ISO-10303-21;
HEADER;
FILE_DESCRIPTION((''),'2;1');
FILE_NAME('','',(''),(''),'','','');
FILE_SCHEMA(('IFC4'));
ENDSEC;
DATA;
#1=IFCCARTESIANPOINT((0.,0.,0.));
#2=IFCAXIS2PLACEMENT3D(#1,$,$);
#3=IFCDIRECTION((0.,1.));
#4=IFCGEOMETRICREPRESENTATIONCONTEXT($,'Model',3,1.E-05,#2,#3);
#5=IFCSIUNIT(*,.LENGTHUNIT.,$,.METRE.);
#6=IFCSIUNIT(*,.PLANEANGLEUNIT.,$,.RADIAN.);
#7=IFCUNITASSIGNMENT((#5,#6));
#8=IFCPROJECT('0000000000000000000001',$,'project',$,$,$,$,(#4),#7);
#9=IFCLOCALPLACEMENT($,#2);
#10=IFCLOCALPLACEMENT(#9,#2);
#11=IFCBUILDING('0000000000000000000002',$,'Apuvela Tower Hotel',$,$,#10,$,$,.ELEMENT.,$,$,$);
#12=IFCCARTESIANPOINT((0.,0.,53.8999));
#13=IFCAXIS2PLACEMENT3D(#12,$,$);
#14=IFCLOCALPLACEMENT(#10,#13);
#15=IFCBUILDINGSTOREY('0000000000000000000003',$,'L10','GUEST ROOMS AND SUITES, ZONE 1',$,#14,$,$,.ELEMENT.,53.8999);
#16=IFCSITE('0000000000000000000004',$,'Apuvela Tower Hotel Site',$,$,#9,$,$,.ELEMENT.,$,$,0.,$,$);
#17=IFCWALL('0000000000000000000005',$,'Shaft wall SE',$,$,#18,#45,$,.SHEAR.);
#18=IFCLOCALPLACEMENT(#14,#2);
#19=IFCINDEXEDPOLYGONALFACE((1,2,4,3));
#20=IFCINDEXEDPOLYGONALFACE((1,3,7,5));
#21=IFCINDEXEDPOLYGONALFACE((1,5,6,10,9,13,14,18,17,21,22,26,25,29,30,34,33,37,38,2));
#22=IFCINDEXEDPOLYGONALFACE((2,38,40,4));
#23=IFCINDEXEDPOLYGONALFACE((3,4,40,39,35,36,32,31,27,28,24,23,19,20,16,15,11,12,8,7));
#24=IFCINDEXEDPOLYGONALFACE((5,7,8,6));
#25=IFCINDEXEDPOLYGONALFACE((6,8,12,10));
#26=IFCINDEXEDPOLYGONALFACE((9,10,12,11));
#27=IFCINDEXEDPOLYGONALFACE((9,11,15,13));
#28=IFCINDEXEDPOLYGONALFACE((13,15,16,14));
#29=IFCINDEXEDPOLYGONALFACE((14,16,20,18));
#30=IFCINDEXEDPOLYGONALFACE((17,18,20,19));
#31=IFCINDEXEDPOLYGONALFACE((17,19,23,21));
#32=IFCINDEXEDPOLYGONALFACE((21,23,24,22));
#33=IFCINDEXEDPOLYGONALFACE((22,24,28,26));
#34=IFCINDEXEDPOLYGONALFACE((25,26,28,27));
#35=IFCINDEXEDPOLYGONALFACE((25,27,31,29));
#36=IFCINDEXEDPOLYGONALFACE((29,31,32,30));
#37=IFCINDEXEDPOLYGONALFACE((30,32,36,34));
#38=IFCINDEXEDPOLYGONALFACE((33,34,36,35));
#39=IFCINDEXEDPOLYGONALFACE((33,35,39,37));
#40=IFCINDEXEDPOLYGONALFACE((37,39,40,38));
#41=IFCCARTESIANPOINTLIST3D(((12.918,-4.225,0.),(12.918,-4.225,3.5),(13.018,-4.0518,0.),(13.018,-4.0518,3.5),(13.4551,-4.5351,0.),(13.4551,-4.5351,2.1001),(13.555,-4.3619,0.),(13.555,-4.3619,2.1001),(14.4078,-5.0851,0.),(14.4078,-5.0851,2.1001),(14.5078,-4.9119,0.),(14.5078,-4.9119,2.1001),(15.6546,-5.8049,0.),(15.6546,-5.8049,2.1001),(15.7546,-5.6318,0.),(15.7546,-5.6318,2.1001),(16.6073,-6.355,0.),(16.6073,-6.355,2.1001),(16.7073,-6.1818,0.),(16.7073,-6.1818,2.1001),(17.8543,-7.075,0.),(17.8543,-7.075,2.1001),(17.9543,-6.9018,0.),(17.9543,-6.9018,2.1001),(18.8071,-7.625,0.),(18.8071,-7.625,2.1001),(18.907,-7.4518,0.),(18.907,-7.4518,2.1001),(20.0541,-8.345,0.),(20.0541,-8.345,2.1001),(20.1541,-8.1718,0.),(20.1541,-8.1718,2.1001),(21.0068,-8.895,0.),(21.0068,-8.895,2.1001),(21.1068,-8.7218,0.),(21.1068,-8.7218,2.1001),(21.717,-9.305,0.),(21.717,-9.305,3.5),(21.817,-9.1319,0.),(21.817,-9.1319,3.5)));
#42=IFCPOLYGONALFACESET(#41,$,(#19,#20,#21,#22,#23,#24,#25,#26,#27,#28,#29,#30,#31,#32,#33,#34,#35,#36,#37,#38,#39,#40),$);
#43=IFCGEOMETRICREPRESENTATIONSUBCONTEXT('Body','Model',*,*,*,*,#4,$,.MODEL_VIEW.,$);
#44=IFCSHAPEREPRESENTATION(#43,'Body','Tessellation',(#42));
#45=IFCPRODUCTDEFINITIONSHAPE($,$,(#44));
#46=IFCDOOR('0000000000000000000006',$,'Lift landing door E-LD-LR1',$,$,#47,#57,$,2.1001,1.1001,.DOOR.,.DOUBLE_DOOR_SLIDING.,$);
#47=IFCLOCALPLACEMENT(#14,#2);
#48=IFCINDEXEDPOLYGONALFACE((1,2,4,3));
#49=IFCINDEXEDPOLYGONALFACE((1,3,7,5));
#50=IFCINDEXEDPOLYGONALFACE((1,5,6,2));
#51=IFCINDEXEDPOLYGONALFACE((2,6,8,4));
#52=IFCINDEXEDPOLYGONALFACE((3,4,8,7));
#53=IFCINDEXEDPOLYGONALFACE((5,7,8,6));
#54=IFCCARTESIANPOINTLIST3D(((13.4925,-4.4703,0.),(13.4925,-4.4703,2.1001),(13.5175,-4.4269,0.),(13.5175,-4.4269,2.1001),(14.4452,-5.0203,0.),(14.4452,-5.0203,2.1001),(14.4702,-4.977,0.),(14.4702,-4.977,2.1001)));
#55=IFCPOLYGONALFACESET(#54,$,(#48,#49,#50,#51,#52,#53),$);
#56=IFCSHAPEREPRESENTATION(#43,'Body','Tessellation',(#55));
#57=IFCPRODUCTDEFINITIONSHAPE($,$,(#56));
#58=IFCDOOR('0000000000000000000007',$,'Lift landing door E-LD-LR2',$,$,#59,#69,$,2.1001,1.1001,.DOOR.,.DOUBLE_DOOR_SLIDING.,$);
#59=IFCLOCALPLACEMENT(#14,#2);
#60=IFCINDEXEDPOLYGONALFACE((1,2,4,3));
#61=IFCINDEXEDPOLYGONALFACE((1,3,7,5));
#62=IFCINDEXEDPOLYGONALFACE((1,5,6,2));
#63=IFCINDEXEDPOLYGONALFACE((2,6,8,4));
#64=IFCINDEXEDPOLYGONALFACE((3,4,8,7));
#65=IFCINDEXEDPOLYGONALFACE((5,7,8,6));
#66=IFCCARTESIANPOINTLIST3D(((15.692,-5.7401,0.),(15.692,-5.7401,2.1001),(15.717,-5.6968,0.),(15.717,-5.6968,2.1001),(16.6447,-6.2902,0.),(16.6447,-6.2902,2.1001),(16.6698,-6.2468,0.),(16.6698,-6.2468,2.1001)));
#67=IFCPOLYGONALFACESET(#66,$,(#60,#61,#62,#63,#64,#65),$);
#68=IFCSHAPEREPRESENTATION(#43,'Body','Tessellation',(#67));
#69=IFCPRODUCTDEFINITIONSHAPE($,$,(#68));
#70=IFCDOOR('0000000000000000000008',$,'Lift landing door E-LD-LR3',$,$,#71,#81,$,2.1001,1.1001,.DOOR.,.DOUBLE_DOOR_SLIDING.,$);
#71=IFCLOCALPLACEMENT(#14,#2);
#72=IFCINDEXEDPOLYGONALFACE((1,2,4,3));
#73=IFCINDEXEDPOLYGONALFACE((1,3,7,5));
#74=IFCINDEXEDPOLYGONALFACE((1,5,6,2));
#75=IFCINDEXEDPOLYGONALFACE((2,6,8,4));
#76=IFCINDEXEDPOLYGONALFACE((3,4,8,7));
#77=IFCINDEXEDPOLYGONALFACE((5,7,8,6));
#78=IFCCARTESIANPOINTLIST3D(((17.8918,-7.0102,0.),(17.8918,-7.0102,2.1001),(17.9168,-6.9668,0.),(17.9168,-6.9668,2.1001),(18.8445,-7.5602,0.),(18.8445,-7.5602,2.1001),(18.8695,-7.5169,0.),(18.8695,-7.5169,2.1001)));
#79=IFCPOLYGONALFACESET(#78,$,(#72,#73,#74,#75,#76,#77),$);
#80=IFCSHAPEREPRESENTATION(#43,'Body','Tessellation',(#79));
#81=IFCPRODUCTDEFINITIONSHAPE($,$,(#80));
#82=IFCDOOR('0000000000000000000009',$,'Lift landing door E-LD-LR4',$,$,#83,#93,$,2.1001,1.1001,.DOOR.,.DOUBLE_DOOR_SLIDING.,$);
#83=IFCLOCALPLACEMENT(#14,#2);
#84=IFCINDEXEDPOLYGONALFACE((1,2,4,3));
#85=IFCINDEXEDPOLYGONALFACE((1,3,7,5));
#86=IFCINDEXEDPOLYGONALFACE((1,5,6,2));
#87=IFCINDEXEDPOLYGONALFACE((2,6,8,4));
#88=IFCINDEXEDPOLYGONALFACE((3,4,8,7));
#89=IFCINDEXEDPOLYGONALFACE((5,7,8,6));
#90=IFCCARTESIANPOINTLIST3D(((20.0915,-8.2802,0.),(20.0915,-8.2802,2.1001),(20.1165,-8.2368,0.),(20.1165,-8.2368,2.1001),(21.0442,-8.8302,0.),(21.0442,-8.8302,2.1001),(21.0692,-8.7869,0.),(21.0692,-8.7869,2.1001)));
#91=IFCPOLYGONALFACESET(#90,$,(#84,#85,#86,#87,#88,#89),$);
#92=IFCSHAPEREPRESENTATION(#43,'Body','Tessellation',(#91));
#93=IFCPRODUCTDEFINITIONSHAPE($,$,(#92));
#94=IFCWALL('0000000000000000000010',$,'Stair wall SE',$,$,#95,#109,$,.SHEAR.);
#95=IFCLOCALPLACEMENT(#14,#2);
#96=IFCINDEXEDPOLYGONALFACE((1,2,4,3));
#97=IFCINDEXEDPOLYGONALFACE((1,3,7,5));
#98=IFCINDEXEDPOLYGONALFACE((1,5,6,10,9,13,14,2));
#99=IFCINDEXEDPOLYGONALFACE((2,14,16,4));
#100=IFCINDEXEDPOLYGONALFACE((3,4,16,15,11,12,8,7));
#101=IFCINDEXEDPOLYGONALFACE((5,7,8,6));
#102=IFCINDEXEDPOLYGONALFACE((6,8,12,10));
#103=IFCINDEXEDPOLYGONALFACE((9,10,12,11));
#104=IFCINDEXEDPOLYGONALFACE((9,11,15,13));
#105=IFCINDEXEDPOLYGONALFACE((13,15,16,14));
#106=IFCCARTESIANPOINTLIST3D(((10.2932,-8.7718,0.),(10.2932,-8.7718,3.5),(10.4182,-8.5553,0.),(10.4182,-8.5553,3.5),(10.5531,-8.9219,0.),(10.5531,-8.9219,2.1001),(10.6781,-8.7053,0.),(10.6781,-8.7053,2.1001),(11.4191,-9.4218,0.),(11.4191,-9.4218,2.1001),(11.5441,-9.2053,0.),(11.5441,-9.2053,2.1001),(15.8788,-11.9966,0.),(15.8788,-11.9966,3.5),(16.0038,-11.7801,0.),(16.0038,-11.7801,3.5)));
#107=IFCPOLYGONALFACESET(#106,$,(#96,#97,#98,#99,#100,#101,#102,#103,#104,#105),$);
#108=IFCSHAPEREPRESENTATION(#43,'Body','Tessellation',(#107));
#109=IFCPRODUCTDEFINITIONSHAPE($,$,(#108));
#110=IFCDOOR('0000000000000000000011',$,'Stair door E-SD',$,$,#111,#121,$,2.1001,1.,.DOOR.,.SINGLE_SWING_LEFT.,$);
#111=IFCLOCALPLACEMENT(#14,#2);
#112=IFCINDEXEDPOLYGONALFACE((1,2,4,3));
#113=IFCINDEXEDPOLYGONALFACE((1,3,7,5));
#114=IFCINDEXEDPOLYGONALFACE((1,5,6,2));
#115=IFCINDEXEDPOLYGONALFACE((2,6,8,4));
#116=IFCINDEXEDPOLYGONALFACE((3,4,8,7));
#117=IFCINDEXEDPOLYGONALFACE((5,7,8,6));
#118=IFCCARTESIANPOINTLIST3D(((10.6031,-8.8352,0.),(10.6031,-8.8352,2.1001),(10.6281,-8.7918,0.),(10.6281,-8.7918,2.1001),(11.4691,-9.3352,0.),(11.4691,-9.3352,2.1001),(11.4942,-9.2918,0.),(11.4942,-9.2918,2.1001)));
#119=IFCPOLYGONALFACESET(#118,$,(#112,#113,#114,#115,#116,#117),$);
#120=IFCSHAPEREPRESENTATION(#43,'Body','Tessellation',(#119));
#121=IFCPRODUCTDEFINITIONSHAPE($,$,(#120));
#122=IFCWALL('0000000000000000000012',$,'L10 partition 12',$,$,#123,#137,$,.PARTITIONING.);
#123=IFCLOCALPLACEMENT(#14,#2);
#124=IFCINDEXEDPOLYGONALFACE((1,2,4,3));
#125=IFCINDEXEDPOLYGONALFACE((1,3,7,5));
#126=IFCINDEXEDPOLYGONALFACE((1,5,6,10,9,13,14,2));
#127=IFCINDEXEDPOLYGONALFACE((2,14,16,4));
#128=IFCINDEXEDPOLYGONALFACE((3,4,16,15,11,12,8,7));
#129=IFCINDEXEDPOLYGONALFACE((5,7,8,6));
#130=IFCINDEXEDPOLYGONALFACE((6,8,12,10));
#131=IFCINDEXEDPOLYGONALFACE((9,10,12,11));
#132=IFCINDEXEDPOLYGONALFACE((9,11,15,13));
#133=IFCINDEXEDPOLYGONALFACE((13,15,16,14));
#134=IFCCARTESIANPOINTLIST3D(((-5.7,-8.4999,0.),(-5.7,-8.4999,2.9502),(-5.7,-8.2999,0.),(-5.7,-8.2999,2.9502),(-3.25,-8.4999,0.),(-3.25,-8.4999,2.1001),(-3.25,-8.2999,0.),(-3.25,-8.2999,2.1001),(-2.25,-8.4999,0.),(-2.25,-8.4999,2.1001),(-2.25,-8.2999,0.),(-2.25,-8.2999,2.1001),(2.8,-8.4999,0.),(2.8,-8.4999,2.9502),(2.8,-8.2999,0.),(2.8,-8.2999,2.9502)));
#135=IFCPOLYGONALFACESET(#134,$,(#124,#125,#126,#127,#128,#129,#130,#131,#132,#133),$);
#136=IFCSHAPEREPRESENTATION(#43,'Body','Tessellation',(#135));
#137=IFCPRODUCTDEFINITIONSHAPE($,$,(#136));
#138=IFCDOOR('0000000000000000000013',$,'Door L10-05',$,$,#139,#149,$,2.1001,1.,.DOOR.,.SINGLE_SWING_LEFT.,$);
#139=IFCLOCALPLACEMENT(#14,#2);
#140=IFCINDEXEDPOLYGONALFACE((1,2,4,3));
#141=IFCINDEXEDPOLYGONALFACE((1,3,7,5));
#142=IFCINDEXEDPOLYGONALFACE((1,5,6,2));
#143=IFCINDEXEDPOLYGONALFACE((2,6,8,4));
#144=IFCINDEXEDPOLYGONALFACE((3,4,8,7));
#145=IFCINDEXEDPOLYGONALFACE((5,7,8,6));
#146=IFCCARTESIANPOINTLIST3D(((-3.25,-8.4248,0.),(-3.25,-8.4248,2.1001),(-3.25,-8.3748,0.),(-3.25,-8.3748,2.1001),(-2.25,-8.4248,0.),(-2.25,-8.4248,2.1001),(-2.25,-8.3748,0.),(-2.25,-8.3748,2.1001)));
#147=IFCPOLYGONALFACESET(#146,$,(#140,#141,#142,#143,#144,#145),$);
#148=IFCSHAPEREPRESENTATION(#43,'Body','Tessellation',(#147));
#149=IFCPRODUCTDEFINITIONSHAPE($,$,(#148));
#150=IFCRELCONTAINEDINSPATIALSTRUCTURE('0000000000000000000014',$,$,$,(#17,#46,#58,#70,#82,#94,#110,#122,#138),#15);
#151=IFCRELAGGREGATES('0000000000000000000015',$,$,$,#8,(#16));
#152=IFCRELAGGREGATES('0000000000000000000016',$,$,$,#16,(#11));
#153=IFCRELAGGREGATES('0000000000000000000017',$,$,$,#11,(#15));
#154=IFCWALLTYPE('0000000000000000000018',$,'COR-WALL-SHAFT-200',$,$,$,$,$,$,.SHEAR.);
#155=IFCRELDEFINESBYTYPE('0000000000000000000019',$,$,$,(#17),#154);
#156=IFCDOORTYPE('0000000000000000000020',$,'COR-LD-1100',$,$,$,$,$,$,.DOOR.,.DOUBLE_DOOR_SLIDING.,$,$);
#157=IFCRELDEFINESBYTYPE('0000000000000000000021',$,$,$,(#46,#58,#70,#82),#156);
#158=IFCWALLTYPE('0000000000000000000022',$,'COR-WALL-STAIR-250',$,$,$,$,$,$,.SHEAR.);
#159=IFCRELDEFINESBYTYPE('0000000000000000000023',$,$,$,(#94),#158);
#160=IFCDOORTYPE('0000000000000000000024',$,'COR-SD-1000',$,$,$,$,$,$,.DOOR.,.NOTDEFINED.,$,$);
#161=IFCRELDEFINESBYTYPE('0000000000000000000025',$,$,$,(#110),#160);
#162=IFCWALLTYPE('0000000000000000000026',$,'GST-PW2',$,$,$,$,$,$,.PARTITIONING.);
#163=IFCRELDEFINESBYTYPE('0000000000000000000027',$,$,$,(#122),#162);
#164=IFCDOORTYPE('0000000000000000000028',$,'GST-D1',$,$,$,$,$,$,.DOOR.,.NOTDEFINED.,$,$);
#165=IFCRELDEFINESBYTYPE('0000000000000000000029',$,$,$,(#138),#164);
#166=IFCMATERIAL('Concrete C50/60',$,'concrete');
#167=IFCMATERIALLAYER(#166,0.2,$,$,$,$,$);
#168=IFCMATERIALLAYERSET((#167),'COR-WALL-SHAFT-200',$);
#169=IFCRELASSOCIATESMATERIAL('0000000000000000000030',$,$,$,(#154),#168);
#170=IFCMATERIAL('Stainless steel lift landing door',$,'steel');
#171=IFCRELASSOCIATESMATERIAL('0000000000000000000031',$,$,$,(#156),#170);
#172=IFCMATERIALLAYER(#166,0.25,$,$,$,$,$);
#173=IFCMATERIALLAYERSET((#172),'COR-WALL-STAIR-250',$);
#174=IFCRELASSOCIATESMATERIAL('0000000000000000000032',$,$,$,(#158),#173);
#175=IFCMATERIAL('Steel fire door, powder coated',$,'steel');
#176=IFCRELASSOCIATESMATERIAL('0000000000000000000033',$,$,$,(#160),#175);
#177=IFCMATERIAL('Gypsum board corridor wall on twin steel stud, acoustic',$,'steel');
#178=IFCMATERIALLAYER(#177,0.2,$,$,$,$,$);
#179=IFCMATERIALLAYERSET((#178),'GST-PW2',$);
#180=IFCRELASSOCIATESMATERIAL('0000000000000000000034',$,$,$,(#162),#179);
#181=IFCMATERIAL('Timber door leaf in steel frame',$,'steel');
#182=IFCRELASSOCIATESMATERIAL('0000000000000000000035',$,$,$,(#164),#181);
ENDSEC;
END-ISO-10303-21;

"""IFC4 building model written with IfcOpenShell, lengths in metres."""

from ifc_helpers import new_model, si_unit, direction, frame, frame_2d, origin, place, context, subcontext, project, spatial, rectangle, extrude, material, layer, layer_set, type_object, element, fill, save


model = new_model("IFC4")

# Units and contexts
model_context = context("Model", 3, precision=1e-05, world=origin(), true_north=direction((0.0, 1.0)))
body_context = subcontext(model_context, "Body", "Model", "MODEL_VIEW")
ifc_project = project(units=[si_unit("LENGTHUNIT", "METRE"), si_unit("PLANEANGLEUNIT", "RADIAN")], contexts=[model_context])

# Site, building, storey
site_placement = place(None, origin())
site = spatial("IfcSite", under=ifc_project, at=site_placement, Name="Apuvela Tower Hotel Site", CompositionType="ELEMENT", RefElevation=0.0)
building_placement = place(site_placement, origin())
building = spatial("IfcBuilding", under=site, at=building_placement, Name="Apuvela Tower Hotel", CompositionType="ELEMENT")
storey_placement = place(building_placement, frame((0.0, 0.0, 53.8999)))
storey = spatial("IfcBuildingStorey", under=building, at=storey_placement, Name="L10", Description="GUEST ROOMS AND SUITES, ZONE 1", CompositionType="ELEMENT", Elevation=53.8999)

# Shared definitions
ifc_material_1 = material(Name="Concrete C50/60", Category="concrete")

# Shared definitions
ifc_material_2 = material(Name="Steel fire door, powder coated", Category="steel")

# Shared definitions
ifc_layer_1 = layer(ifc_material_1, 0.2)
ifc_layer_set_1 = layer_set([ifc_layer_1], Name="COR-WALL-SHAFT-200")
wall_type_1 = type_object("IfcWallType", Name="COR-WALL-SHAFT-200", PredefinedType="SHEAR", material=ifc_layer_set_1)
ifc_material_3 = material(Name="Stainless steel lift landing door", Category="steel")

# Wall, openings, doors
wall_1_placement = place(storey_placement, frame((12.968, -4.1384, 0.0), z_axis=(0.0, 0.0, 1.0), x_axis=(0.866028, -0.499995, 0.0)))
wall_1 = element("IfcWall", 1, at=wall_1_placement, inside=storey, type_object=wall_type_1, Name="Shaft wall SE", PredefinedType="SHEAR", context=body_context, shape_type="SweptSolid", body=[
    extrude(rectangle(XDim=10.1602, YDim=0.2, at=frame_2d((5.0801, 0.0))), origin(), (0.0, 0.0, 1.0), 3.5),
])
opening_1_placement = place(wall_1_placement, frame((0.6201, 0.0, 0.0)))
opening_1 = element("IfcOpeningElement", 2, at=opening_1_placement, cuts=wall_1, PredefinedType="OPENING", context=body_context, shape_type="SweptSolid", body=[
    extrude(rectangle(XDim=1.1001, YDim=2.1001, at=frame_2d((0.55, 1.05))), frame((0.0, 0.1099, 0.0), z_axis=(0.0, -1.0, 0.0), x_axis=(1.0, 0.0, 0.0)), (0.0, 0.0, 1.0), 0.22),
])
opening_2_placement = place(wall_1_placement, frame((3.1599, 0.0, 0.0)))
opening_2 = element("IfcOpeningElement", 3, at=opening_2_placement, cuts=wall_1, PredefinedType="OPENING", context=body_context, shape_type="SweptSolid", body=[
    extrude(rectangle(XDim=1.1001, YDim=2.1001, at=frame_2d((0.55, 1.05))), frame((0.0, 0.1099, 0.0), z_axis=(0.0, -1.0, 0.0), x_axis=(1.0, 0.0, 0.0)), (0.0, 0.0, 1.0), 0.22),
])
opening_3_placement = place(wall_1_placement, frame((5.7, 0.0, 0.0)))
opening_3 = element("IfcOpeningElement", 4, at=opening_3_placement, cuts=wall_1, PredefinedType="OPENING", context=body_context, shape_type="SweptSolid", body=[
    extrude(rectangle(XDim=1.1001, YDim=2.1001, at=frame_2d((0.55, 1.05))), frame((0.0, 0.1099, 0.0), z_axis=(0.0, -1.0, 0.0), x_axis=(1.0, 0.0, 0.0)), (0.0, 0.0, 1.0), 0.22),
])
opening_4_placement = place(wall_1_placement, frame((8.24, 0.0, 0.0)))
opening_4 = element("IfcOpeningElement", 5, at=opening_4_placement, cuts=wall_1, PredefinedType="OPENING", context=body_context, shape_type="SweptSolid", body=[
    extrude(rectangle(XDim=1.1001, YDim=2.1001, at=frame_2d((0.55, 1.05))), frame((0.0, 0.1099, 0.0), z_axis=(0.0, -1.0, 0.0), x_axis=(1.0, 0.0, 0.0)), (0.0, 0.0, 1.0), 0.22),
])
door_type_1 = type_object("IfcDoorType", Name="COR-LD-1100", OperationType="DOUBLE_DOOR_SLIDING", PredefinedType="DOOR", material=ifc_material_3)
door_1_placement = place(opening_1_placement, origin())
door_1 = element("IfcDoor", 6, at=door_1_placement, inside=storey, type_object=door_type_1, Name="Lift landing door E-LD-LR1", OperationType="DOUBLE_DOOR_SLIDING", OverallHeight=2.1001, OverallWidth=1.1001, PredefinedType="DOOR", context=body_context, shape_type="SweptSolid", body=[
    extrude(rectangle(XDim=1.1001, YDim=2.1001, at=frame_2d((0.55, 1.05))), frame((0.0, 0.0249, 0.0), z_axis=(0.0, -1.0, 0.0), x_axis=(1.0, 0.0, 0.0)), (0.0, 0.0, 1.0), 0.05),
])
fill(opening_1, door_1)
door_2_placement = place(opening_2_placement, origin())
door_2 = element("IfcDoor", 7, at=door_2_placement, inside=storey, type_object=door_type_1, Name="Lift landing door E-LD-LR2", OperationType="DOUBLE_DOOR_SLIDING", OverallHeight=2.1001, OverallWidth=1.1001, PredefinedType="DOOR", context=body_context, shape_type="SweptSolid", body=[
    extrude(rectangle(XDim=1.1001, YDim=2.1001, at=frame_2d((0.55, 1.05))), frame((0.0, 0.0249, 0.0), z_axis=(0.0, -1.0, 0.0), x_axis=(1.0, 0.0, 0.0)), (0.0, 0.0, 1.0), 0.05),
])
fill(opening_2, door_2)
door_3_placement = place(opening_3_placement, origin())
door_3 = element("IfcDoor", 8, at=door_3_placement, inside=storey, type_object=door_type_1, Name="Lift landing door E-LD-LR3", OperationType="DOUBLE_DOOR_SLIDING", OverallHeight=2.1001, OverallWidth=1.1001, PredefinedType="DOOR", context=body_context, shape_type="SweptSolid", body=[
    extrude(rectangle(XDim=1.1001, YDim=2.1001, at=frame_2d((0.55, 1.05))), frame((0.0, 0.0249, 0.0), z_axis=(0.0, -1.0, 0.0), x_axis=(1.0, 0.0, 0.0)), (0.0, 0.0, 1.0), 0.05),
])
fill(opening_3, door_3)
door_4_placement = place(opening_4_placement, origin())
door_4 = element("IfcDoor", 9, at=door_4_placement, inside=storey, type_object=door_type_1, Name="Lift landing door E-LD-LR4", OperationType="DOUBLE_DOOR_SLIDING", OverallHeight=2.1001, OverallWidth=1.1001, PredefinedType="DOOR", context=body_context, shape_type="SweptSolid", body=[
    extrude(rectangle(XDim=1.1001, YDim=2.1001, at=frame_2d((0.55, 1.05))), frame((0.0, 0.0249, 0.0), z_axis=(0.0, -1.0, 0.0), x_axis=(1.0, 0.0, 0.0)), (0.0, 0.0, 1.0), 0.05),
])
fill(opening_4, door_4)

# Walls, openings, doors
ifc_layer_2 = layer(ifc_material_1, 0.25)
ifc_layer_set_2 = layer_set([ifc_layer_2], Name="COR-WALL-STAIR-250")
wall_type_2 = type_object("IfcWallType", Name="COR-WALL-STAIR-250", PredefinedType="SHEAR", material=ifc_layer_set_2)
wall_2_placement = place(storey_placement, frame((10.3557, -8.6636, 0.0), z_axis=(0.0, 0.0, 1.0), x_axis=(0.866029, -0.499994, 0.0)))
wall_2 = element("IfcWall", 10, at=wall_2_placement, inside=storey, type_object=wall_type_2, Name="Stair wall SE", PredefinedType="SHEAR", context=body_context, shape_type="SweptSolid", body=[
    extrude(rectangle(XDim=6.4497, YDim=0.25, at=frame_2d((3.2249, 0.0))), origin(), (0.0, 0.0, 1.0), 3.5),
])
opening_5_placement = place(wall_2_placement, frame((0.3, 0.0, 0.0)))
opening_5 = element("IfcOpeningElement", 11, at=opening_5_placement, cuts=wall_2, PredefinedType="OPENING", context=body_context, shape_type="SweptSolid", body=[
    extrude(rectangle(XDim=1.0, YDim=2.1001, at=frame_2d((0.5, 1.05))), frame((0.0, 0.135, 0.0), z_axis=(0.0, -1.0, 0.0), x_axis=(1.0, 0.0, 0.0)), (0.0, 0.0, 1.0), 0.27),
])
door_type_2 = type_object("IfcDoorType", Name="COR-SD-1000", OperationType="NOTDEFINED", PredefinedType="DOOR", material=ifc_material_2)
door_5_placement = place(opening_5_placement, frame((1.0, 0.0, 0.0), z_axis=(0.0, 0.0, 1.0), x_axis=(-1.0, 0.0, 0.0)))
door_5 = element("IfcDoor", 12, at=door_5_placement, inside=storey, type_object=door_type_2, Name="Stair door E-SD", OperationType="SINGLE_SWING_LEFT", OverallHeight=2.1001, OverallWidth=1.0, PredefinedType="DOOR", context=body_context, shape_type="SweptSolid", body=[
    extrude(rectangle(XDim=1.0, YDim=2.1001, at=frame_2d((0.5, 1.05))), frame((0.0, 0.0249, 0.0), z_axis=(0.0, -1.0, 0.0), x_axis=(1.0, 0.0, 0.0)), (0.0, 0.0, 1.0), 0.05),
])
fill(opening_5, door_5)
ifc_material_4 = material(Name="Gypsum board corridor wall on twin steel stud, acoustic", Category="steel")
ifc_layer_3 = layer(ifc_material_4, 0.2)
ifc_layer_set_3 = layer_set([ifc_layer_3], Name="GST-PW2")
wall_type_3 = type_object("IfcWallType", Name="GST-PW2", PredefinedType="PARTITIONING", material=ifc_layer_set_3)
wall_3_placement = place(storey_placement, frame((2.8, -8.3999, 0.0), z_axis=(0.0, 0.0, 1.0), x_axis=(-1.0, 0.0, 0.0)))
wall_3 = element("IfcWall", 13, at=wall_3_placement, inside=storey, type_object=wall_type_3, Name="L10 partition 12", PredefinedType="PARTITIONING", context=body_context, shape_type="SweptSolid", body=[
    extrude(rectangle(XDim=8.5, YDim=0.2, at=frame_2d((4.25, 0.0))), origin(), (0.0, 0.0, 1.0), 2.9502),
])
opening_6_placement = place(wall_3_placement, frame((5.05, 0.0, 0.0)))
opening_6 = element("IfcOpeningElement", 14, at=opening_6_placement, cuts=wall_3, PredefinedType="OPENING", context=body_context, shape_type="SweptSolid", body=[
    extrude(rectangle(XDim=1.0, YDim=2.1001, at=frame_2d((0.5, 1.05))), frame((0.0, 0.1099, 0.0), z_axis=(0.0, -1.0, 0.0), x_axis=(1.0, 0.0, 0.0)), (0.0, 0.0, 1.0), 0.22),
])
ifc_material_5 = material(Name="Timber door leaf in steel frame", Category="steel")
door_type_3 = type_object("IfcDoorType", Name="GST-D1", OperationType="NOTDEFINED", PredefinedType="DOOR", material=ifc_material_5)
door_6_placement = place(opening_6_placement, origin())
door_6 = element("IfcDoor", 15, at=door_6_placement, inside=storey, type_object=door_type_3, Name="Door L10-05", OperationType="SINGLE_SWING_LEFT", OverallHeight=2.1001, OverallWidth=1.0, PredefinedType="DOOR", context=body_context, shape_type="SweptSolid", body=[
    extrude(rectangle(XDim=1.0, YDim=2.1001, at=frame_2d((0.5, 1.05))), frame((0.0, 0.0249, 0.0), z_axis=(0.0, -1.0, 0.0), x_axis=(1.0, 0.0, 0.0)), (0.0, 0.0, 1.0), 0.05),
])
fill(opening_6, door_6)

save(model, "model.ifc")
